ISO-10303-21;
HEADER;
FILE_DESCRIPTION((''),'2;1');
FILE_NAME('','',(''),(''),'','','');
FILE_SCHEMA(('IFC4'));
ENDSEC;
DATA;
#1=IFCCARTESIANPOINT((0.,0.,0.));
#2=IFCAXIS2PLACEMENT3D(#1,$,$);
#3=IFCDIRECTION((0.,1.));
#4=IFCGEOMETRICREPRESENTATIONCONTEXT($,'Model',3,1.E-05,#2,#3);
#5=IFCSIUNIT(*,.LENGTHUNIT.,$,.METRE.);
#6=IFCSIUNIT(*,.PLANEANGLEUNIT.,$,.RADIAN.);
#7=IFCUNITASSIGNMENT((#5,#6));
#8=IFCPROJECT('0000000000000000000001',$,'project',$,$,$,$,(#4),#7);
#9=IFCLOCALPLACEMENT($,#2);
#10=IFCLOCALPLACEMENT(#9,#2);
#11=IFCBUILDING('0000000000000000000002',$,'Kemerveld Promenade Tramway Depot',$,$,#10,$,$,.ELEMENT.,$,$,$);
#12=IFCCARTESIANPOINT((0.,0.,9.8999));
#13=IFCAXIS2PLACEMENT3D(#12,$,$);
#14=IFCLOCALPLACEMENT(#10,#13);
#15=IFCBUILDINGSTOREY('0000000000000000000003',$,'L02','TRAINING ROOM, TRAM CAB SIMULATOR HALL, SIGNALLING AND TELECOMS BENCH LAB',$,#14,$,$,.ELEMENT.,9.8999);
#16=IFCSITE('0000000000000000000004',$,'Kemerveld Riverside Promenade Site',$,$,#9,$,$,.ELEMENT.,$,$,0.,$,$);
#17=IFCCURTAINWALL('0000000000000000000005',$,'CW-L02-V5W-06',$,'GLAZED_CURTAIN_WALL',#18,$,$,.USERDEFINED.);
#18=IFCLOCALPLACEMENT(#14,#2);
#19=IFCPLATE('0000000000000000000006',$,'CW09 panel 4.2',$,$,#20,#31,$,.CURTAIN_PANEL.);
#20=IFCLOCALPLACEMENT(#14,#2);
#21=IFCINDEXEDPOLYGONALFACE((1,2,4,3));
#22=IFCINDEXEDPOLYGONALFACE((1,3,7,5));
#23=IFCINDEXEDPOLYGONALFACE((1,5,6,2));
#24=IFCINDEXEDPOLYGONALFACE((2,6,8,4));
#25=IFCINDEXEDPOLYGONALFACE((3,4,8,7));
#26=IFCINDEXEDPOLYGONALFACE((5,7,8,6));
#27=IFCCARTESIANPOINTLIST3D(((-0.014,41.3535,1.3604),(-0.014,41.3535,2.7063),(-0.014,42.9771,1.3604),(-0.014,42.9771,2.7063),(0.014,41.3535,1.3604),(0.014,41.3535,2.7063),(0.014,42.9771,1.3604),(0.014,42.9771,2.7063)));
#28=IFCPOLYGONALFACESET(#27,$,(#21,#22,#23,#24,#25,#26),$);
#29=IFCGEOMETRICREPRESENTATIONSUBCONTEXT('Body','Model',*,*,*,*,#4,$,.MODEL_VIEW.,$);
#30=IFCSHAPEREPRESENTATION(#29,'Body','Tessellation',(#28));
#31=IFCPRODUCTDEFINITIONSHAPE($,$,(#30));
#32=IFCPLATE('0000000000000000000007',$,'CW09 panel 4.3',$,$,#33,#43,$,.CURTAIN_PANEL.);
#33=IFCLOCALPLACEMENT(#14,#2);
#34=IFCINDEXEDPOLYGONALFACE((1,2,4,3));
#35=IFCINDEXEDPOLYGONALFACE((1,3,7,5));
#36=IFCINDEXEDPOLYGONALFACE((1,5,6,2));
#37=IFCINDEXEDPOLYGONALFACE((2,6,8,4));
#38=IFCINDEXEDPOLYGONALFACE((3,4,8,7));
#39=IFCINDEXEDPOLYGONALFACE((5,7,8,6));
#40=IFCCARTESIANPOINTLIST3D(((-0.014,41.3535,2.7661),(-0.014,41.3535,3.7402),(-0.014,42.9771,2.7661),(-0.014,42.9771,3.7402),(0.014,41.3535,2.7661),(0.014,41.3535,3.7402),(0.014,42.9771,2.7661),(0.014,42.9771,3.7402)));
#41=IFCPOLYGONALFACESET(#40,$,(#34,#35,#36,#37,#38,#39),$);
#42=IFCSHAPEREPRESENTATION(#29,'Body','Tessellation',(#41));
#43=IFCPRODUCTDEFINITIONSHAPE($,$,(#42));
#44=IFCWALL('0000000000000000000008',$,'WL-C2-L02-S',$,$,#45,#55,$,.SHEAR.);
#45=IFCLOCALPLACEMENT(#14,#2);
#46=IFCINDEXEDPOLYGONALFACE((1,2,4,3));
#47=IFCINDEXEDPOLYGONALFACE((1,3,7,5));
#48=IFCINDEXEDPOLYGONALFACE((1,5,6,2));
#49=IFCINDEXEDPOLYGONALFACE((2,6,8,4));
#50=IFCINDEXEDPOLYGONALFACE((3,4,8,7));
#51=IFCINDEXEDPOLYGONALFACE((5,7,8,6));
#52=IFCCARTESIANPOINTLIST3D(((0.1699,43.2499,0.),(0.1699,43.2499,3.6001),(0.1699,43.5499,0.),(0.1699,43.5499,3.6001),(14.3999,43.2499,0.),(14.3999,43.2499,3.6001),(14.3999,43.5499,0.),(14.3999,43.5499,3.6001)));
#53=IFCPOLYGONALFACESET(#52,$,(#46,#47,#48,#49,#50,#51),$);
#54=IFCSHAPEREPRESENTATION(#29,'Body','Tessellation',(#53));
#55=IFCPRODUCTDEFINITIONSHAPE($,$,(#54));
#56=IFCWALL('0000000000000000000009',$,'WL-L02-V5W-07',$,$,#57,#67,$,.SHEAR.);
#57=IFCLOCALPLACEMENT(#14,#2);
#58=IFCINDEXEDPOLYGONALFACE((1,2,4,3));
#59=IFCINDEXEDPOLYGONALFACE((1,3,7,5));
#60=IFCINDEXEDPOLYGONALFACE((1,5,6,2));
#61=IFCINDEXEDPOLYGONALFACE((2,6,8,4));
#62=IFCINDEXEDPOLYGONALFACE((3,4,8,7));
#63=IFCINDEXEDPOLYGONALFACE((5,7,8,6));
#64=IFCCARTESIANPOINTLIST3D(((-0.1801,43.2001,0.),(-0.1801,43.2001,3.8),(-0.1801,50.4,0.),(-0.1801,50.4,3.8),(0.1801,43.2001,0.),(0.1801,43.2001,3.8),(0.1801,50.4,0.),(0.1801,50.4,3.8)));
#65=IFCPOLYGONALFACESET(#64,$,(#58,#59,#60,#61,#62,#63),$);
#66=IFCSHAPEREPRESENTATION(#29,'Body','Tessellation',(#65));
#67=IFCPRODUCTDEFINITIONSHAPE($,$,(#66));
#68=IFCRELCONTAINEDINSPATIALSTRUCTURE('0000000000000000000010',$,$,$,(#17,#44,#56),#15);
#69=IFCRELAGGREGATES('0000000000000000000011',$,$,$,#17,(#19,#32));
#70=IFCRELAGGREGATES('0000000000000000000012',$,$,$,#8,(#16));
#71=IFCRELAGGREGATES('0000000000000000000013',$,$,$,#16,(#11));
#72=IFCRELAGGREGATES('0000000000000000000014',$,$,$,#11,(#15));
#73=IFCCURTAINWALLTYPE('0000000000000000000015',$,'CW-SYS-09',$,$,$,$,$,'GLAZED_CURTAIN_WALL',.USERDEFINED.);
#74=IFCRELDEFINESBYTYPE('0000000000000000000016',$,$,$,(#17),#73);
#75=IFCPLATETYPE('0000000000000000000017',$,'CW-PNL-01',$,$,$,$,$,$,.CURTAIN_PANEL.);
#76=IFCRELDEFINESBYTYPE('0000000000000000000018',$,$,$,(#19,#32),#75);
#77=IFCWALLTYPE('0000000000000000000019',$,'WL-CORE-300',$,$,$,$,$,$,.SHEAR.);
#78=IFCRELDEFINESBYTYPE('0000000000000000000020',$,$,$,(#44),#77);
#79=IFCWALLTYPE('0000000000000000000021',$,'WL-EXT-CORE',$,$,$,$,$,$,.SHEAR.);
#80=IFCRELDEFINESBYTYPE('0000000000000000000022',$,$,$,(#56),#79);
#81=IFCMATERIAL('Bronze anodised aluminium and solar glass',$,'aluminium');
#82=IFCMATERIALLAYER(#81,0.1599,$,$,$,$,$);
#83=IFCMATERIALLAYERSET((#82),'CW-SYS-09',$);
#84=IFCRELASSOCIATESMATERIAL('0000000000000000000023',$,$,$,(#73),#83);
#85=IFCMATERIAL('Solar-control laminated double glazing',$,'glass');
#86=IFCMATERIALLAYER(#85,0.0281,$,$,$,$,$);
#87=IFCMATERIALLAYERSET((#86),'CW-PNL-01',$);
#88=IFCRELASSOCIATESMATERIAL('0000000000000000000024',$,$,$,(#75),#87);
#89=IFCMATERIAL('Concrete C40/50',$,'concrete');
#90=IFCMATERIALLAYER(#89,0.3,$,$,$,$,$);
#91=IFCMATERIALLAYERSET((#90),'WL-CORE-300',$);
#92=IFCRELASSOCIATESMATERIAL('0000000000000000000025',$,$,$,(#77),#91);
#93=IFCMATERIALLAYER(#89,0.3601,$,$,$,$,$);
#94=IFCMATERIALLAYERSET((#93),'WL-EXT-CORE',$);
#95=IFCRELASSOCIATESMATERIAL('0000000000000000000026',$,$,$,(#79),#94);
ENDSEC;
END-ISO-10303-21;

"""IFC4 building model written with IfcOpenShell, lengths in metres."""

from ifc_helpers import new_model, si_unit, direction, frame, frame_2d, origin, origin_2d, place, context, subcontext, project, spatial, rectangle, extrude, material, layer, layer_set, type_object, element, aggregate, save


model = new_model("IFC4")

# Units and contexts
model_context = context("Model", 3, precision=1e-05, world=origin(), true_north=direction((0.0, 1.0)))
body_context = subcontext(model_context, "Body", "Model", "MODEL_VIEW")
ifc_project = project(units=[si_unit("LENGTHUNIT", "METRE"), si_unit("PLANEANGLEUNIT", "RADIAN")], contexts=[model_context])

# Site, building, storey
site_placement = place(None, origin())
site = spatial("IfcSite", under=ifc_project, at=site_placement, Name="Kemerveld Riverside Promenade Site", CompositionType="ELEMENT", RefElevation=0.0)
building_placement = place(site_placement, origin())
building = spatial("IfcBuilding", under=site, at=building_placement, Name="Kemerveld Promenade Tramway Depot", CompositionType="ELEMENT")
storey_placement = place(building_placement, frame((0.0, 0.0, 9.8999)))
storey = spatial("IfcBuildingStorey", under=building, at=storey_placement, Name="L02", Description="TRAINING ROOM, TRAM CAB SIMULATOR HALL, SIGNALLING AND TELECOMS BENCH LAB", CompositionType="ELEMENT", Elevation=9.8999)

# Shared definitions
ifc_material_1 = material(Name="Concrete C40/50", Category="concrete")

# Curtain wall, plates
ifc_material_2 = material(Name="Bronze anodised aluminium and solar glass", Category="aluminium")
ifc_layer_1 = layer(ifc_material_2, 0.1599)
ifc_layer_set_1 = layer_set([ifc_layer_1], Name="CW-SYS-09")
curtain_wall_type = type_object("IfcCurtainWallType", Name="CW-SYS-09", ElementType="GLAZED_CURTAIN_WALL", PredefinedType="USERDEFINED", material=ifc_layer_set_1)
curtain_wall_placement = place(storey_placement, origin())
curtain_wall = element("IfcCurtainWall", 1, at=curtain_wall_placement, inside=storey, type_object=curtain_wall_type, Name="CW-L02-V5W-06", ObjectType="GLAZED_CURTAIN_WALL", PredefinedType="USERDEFINED")
ifc_material_3 = material(Name="Solar-control laminated double glazing", Category="glass")
ifc_layer_2 = layer(ifc_material_3, 0.0281)
ifc_layer_set_2 = layer_set([ifc_layer_2], Name="CW-PNL-01")
plate_type = type_object("IfcPlateType", Name="CW-PNL-01", PredefinedType="CURTAIN_PANEL", material=ifc_layer_set_2)
plate_1_placement = place(storey_placement, frame((0.0, 42.1653, 1.3604), z_axis=(0.0, 0.0, 1.0), x_axis=(0.0, 1.0, 0.0)))
plate_1 = element("IfcPlate", 2, at=plate_1_placement, type_object=plate_type, Name="CW09 panel 4.2", PredefinedType="CURTAIN_PANEL", context=body_context, shape_type="SweptSolid", body=[
    extrude(rectangle(XDim=1.6235, YDim=0.0281, at=origin_2d()), origin(), (0.0, 0.0, 1.0), 1.3459),
])
plate_2_placement = place(storey_placement, frame((0.0, 42.1653, 2.7661), z_axis=(0.0, 0.0, 1.0), x_axis=(0.0, 1.0, 0.0)))
plate_2 = element("IfcPlate", 3, at=plate_2_placement, type_object=plate_type, Name="CW09 panel 4.3", PredefinedType="CURTAIN_PANEL", context=body_context, shape_type="SweptSolid", body=[
    extrude(rectangle(XDim=1.6235, YDim=0.0281, at=origin_2d()), origin(), (0.0, 0.0, 1.0), 0.9741),
])
aggregate(curtain_wall, [plate_1, plate_2])

# Walls
ifc_layer_3 = layer(ifc_material_1, 0.3)
ifc_layer_set_3 = layer_set([ifc_layer_3], Name="WL-CORE-300")
wall_type_1 = type_object("IfcWallType", Name="WL-CORE-300", PredefinedType="SHEAR", material=ifc_layer_set_3)
wall_1_placement = place(storey_placement, frame((0.1699, 43.3999, 0.0), z_axis=(0.0, 0.0, 1.0), x_axis=(1.0, 0.0, 0.0)))
element("IfcWall", 4, at=wall_1_placement, inside=storey, type_object=wall_type_1, Name="WL-C2-L02-S", PredefinedType="SHEAR", context=body_context, shape_type="SweptSolid", body=[
    extrude(rectangle(XDim=14.23, YDim=0.3, at=frame_2d((7.115, 0.0))), origin(), (0.0, 0.0, 1.0), 3.6001),
])
ifc_layer_4 = layer(ifc_material_1, 0.3601)
ifc_layer_set_4 = layer_set([ifc_layer_4], Name="WL-EXT-CORE")
wall_type_2 = type_object("IfcWallType", Name="WL-EXT-CORE", PredefinedType="SHEAR", material=ifc_layer_set_4)
wall_2_placement = place(storey_placement, frame((0.0, 43.2, 0.0), z_axis=(0.0, 0.0, 1.0), x_axis=(0.0, 1.0, 0.0)))
element("IfcWall", 5, at=wall_2_placement, inside=storey, type_object=wall_type_2, Name="WL-L02-V5W-07", PredefinedType="SHEAR", context=body_context, shape_type="SweptSolid", body=[
    extrude(rectangle(XDim=7.2, YDim=0.3601, at=frame_2d((3.6001, 0.0))), origin(), (0.0, 0.0, 1.0), 3.8),
])

save(model, "model.ifc")
